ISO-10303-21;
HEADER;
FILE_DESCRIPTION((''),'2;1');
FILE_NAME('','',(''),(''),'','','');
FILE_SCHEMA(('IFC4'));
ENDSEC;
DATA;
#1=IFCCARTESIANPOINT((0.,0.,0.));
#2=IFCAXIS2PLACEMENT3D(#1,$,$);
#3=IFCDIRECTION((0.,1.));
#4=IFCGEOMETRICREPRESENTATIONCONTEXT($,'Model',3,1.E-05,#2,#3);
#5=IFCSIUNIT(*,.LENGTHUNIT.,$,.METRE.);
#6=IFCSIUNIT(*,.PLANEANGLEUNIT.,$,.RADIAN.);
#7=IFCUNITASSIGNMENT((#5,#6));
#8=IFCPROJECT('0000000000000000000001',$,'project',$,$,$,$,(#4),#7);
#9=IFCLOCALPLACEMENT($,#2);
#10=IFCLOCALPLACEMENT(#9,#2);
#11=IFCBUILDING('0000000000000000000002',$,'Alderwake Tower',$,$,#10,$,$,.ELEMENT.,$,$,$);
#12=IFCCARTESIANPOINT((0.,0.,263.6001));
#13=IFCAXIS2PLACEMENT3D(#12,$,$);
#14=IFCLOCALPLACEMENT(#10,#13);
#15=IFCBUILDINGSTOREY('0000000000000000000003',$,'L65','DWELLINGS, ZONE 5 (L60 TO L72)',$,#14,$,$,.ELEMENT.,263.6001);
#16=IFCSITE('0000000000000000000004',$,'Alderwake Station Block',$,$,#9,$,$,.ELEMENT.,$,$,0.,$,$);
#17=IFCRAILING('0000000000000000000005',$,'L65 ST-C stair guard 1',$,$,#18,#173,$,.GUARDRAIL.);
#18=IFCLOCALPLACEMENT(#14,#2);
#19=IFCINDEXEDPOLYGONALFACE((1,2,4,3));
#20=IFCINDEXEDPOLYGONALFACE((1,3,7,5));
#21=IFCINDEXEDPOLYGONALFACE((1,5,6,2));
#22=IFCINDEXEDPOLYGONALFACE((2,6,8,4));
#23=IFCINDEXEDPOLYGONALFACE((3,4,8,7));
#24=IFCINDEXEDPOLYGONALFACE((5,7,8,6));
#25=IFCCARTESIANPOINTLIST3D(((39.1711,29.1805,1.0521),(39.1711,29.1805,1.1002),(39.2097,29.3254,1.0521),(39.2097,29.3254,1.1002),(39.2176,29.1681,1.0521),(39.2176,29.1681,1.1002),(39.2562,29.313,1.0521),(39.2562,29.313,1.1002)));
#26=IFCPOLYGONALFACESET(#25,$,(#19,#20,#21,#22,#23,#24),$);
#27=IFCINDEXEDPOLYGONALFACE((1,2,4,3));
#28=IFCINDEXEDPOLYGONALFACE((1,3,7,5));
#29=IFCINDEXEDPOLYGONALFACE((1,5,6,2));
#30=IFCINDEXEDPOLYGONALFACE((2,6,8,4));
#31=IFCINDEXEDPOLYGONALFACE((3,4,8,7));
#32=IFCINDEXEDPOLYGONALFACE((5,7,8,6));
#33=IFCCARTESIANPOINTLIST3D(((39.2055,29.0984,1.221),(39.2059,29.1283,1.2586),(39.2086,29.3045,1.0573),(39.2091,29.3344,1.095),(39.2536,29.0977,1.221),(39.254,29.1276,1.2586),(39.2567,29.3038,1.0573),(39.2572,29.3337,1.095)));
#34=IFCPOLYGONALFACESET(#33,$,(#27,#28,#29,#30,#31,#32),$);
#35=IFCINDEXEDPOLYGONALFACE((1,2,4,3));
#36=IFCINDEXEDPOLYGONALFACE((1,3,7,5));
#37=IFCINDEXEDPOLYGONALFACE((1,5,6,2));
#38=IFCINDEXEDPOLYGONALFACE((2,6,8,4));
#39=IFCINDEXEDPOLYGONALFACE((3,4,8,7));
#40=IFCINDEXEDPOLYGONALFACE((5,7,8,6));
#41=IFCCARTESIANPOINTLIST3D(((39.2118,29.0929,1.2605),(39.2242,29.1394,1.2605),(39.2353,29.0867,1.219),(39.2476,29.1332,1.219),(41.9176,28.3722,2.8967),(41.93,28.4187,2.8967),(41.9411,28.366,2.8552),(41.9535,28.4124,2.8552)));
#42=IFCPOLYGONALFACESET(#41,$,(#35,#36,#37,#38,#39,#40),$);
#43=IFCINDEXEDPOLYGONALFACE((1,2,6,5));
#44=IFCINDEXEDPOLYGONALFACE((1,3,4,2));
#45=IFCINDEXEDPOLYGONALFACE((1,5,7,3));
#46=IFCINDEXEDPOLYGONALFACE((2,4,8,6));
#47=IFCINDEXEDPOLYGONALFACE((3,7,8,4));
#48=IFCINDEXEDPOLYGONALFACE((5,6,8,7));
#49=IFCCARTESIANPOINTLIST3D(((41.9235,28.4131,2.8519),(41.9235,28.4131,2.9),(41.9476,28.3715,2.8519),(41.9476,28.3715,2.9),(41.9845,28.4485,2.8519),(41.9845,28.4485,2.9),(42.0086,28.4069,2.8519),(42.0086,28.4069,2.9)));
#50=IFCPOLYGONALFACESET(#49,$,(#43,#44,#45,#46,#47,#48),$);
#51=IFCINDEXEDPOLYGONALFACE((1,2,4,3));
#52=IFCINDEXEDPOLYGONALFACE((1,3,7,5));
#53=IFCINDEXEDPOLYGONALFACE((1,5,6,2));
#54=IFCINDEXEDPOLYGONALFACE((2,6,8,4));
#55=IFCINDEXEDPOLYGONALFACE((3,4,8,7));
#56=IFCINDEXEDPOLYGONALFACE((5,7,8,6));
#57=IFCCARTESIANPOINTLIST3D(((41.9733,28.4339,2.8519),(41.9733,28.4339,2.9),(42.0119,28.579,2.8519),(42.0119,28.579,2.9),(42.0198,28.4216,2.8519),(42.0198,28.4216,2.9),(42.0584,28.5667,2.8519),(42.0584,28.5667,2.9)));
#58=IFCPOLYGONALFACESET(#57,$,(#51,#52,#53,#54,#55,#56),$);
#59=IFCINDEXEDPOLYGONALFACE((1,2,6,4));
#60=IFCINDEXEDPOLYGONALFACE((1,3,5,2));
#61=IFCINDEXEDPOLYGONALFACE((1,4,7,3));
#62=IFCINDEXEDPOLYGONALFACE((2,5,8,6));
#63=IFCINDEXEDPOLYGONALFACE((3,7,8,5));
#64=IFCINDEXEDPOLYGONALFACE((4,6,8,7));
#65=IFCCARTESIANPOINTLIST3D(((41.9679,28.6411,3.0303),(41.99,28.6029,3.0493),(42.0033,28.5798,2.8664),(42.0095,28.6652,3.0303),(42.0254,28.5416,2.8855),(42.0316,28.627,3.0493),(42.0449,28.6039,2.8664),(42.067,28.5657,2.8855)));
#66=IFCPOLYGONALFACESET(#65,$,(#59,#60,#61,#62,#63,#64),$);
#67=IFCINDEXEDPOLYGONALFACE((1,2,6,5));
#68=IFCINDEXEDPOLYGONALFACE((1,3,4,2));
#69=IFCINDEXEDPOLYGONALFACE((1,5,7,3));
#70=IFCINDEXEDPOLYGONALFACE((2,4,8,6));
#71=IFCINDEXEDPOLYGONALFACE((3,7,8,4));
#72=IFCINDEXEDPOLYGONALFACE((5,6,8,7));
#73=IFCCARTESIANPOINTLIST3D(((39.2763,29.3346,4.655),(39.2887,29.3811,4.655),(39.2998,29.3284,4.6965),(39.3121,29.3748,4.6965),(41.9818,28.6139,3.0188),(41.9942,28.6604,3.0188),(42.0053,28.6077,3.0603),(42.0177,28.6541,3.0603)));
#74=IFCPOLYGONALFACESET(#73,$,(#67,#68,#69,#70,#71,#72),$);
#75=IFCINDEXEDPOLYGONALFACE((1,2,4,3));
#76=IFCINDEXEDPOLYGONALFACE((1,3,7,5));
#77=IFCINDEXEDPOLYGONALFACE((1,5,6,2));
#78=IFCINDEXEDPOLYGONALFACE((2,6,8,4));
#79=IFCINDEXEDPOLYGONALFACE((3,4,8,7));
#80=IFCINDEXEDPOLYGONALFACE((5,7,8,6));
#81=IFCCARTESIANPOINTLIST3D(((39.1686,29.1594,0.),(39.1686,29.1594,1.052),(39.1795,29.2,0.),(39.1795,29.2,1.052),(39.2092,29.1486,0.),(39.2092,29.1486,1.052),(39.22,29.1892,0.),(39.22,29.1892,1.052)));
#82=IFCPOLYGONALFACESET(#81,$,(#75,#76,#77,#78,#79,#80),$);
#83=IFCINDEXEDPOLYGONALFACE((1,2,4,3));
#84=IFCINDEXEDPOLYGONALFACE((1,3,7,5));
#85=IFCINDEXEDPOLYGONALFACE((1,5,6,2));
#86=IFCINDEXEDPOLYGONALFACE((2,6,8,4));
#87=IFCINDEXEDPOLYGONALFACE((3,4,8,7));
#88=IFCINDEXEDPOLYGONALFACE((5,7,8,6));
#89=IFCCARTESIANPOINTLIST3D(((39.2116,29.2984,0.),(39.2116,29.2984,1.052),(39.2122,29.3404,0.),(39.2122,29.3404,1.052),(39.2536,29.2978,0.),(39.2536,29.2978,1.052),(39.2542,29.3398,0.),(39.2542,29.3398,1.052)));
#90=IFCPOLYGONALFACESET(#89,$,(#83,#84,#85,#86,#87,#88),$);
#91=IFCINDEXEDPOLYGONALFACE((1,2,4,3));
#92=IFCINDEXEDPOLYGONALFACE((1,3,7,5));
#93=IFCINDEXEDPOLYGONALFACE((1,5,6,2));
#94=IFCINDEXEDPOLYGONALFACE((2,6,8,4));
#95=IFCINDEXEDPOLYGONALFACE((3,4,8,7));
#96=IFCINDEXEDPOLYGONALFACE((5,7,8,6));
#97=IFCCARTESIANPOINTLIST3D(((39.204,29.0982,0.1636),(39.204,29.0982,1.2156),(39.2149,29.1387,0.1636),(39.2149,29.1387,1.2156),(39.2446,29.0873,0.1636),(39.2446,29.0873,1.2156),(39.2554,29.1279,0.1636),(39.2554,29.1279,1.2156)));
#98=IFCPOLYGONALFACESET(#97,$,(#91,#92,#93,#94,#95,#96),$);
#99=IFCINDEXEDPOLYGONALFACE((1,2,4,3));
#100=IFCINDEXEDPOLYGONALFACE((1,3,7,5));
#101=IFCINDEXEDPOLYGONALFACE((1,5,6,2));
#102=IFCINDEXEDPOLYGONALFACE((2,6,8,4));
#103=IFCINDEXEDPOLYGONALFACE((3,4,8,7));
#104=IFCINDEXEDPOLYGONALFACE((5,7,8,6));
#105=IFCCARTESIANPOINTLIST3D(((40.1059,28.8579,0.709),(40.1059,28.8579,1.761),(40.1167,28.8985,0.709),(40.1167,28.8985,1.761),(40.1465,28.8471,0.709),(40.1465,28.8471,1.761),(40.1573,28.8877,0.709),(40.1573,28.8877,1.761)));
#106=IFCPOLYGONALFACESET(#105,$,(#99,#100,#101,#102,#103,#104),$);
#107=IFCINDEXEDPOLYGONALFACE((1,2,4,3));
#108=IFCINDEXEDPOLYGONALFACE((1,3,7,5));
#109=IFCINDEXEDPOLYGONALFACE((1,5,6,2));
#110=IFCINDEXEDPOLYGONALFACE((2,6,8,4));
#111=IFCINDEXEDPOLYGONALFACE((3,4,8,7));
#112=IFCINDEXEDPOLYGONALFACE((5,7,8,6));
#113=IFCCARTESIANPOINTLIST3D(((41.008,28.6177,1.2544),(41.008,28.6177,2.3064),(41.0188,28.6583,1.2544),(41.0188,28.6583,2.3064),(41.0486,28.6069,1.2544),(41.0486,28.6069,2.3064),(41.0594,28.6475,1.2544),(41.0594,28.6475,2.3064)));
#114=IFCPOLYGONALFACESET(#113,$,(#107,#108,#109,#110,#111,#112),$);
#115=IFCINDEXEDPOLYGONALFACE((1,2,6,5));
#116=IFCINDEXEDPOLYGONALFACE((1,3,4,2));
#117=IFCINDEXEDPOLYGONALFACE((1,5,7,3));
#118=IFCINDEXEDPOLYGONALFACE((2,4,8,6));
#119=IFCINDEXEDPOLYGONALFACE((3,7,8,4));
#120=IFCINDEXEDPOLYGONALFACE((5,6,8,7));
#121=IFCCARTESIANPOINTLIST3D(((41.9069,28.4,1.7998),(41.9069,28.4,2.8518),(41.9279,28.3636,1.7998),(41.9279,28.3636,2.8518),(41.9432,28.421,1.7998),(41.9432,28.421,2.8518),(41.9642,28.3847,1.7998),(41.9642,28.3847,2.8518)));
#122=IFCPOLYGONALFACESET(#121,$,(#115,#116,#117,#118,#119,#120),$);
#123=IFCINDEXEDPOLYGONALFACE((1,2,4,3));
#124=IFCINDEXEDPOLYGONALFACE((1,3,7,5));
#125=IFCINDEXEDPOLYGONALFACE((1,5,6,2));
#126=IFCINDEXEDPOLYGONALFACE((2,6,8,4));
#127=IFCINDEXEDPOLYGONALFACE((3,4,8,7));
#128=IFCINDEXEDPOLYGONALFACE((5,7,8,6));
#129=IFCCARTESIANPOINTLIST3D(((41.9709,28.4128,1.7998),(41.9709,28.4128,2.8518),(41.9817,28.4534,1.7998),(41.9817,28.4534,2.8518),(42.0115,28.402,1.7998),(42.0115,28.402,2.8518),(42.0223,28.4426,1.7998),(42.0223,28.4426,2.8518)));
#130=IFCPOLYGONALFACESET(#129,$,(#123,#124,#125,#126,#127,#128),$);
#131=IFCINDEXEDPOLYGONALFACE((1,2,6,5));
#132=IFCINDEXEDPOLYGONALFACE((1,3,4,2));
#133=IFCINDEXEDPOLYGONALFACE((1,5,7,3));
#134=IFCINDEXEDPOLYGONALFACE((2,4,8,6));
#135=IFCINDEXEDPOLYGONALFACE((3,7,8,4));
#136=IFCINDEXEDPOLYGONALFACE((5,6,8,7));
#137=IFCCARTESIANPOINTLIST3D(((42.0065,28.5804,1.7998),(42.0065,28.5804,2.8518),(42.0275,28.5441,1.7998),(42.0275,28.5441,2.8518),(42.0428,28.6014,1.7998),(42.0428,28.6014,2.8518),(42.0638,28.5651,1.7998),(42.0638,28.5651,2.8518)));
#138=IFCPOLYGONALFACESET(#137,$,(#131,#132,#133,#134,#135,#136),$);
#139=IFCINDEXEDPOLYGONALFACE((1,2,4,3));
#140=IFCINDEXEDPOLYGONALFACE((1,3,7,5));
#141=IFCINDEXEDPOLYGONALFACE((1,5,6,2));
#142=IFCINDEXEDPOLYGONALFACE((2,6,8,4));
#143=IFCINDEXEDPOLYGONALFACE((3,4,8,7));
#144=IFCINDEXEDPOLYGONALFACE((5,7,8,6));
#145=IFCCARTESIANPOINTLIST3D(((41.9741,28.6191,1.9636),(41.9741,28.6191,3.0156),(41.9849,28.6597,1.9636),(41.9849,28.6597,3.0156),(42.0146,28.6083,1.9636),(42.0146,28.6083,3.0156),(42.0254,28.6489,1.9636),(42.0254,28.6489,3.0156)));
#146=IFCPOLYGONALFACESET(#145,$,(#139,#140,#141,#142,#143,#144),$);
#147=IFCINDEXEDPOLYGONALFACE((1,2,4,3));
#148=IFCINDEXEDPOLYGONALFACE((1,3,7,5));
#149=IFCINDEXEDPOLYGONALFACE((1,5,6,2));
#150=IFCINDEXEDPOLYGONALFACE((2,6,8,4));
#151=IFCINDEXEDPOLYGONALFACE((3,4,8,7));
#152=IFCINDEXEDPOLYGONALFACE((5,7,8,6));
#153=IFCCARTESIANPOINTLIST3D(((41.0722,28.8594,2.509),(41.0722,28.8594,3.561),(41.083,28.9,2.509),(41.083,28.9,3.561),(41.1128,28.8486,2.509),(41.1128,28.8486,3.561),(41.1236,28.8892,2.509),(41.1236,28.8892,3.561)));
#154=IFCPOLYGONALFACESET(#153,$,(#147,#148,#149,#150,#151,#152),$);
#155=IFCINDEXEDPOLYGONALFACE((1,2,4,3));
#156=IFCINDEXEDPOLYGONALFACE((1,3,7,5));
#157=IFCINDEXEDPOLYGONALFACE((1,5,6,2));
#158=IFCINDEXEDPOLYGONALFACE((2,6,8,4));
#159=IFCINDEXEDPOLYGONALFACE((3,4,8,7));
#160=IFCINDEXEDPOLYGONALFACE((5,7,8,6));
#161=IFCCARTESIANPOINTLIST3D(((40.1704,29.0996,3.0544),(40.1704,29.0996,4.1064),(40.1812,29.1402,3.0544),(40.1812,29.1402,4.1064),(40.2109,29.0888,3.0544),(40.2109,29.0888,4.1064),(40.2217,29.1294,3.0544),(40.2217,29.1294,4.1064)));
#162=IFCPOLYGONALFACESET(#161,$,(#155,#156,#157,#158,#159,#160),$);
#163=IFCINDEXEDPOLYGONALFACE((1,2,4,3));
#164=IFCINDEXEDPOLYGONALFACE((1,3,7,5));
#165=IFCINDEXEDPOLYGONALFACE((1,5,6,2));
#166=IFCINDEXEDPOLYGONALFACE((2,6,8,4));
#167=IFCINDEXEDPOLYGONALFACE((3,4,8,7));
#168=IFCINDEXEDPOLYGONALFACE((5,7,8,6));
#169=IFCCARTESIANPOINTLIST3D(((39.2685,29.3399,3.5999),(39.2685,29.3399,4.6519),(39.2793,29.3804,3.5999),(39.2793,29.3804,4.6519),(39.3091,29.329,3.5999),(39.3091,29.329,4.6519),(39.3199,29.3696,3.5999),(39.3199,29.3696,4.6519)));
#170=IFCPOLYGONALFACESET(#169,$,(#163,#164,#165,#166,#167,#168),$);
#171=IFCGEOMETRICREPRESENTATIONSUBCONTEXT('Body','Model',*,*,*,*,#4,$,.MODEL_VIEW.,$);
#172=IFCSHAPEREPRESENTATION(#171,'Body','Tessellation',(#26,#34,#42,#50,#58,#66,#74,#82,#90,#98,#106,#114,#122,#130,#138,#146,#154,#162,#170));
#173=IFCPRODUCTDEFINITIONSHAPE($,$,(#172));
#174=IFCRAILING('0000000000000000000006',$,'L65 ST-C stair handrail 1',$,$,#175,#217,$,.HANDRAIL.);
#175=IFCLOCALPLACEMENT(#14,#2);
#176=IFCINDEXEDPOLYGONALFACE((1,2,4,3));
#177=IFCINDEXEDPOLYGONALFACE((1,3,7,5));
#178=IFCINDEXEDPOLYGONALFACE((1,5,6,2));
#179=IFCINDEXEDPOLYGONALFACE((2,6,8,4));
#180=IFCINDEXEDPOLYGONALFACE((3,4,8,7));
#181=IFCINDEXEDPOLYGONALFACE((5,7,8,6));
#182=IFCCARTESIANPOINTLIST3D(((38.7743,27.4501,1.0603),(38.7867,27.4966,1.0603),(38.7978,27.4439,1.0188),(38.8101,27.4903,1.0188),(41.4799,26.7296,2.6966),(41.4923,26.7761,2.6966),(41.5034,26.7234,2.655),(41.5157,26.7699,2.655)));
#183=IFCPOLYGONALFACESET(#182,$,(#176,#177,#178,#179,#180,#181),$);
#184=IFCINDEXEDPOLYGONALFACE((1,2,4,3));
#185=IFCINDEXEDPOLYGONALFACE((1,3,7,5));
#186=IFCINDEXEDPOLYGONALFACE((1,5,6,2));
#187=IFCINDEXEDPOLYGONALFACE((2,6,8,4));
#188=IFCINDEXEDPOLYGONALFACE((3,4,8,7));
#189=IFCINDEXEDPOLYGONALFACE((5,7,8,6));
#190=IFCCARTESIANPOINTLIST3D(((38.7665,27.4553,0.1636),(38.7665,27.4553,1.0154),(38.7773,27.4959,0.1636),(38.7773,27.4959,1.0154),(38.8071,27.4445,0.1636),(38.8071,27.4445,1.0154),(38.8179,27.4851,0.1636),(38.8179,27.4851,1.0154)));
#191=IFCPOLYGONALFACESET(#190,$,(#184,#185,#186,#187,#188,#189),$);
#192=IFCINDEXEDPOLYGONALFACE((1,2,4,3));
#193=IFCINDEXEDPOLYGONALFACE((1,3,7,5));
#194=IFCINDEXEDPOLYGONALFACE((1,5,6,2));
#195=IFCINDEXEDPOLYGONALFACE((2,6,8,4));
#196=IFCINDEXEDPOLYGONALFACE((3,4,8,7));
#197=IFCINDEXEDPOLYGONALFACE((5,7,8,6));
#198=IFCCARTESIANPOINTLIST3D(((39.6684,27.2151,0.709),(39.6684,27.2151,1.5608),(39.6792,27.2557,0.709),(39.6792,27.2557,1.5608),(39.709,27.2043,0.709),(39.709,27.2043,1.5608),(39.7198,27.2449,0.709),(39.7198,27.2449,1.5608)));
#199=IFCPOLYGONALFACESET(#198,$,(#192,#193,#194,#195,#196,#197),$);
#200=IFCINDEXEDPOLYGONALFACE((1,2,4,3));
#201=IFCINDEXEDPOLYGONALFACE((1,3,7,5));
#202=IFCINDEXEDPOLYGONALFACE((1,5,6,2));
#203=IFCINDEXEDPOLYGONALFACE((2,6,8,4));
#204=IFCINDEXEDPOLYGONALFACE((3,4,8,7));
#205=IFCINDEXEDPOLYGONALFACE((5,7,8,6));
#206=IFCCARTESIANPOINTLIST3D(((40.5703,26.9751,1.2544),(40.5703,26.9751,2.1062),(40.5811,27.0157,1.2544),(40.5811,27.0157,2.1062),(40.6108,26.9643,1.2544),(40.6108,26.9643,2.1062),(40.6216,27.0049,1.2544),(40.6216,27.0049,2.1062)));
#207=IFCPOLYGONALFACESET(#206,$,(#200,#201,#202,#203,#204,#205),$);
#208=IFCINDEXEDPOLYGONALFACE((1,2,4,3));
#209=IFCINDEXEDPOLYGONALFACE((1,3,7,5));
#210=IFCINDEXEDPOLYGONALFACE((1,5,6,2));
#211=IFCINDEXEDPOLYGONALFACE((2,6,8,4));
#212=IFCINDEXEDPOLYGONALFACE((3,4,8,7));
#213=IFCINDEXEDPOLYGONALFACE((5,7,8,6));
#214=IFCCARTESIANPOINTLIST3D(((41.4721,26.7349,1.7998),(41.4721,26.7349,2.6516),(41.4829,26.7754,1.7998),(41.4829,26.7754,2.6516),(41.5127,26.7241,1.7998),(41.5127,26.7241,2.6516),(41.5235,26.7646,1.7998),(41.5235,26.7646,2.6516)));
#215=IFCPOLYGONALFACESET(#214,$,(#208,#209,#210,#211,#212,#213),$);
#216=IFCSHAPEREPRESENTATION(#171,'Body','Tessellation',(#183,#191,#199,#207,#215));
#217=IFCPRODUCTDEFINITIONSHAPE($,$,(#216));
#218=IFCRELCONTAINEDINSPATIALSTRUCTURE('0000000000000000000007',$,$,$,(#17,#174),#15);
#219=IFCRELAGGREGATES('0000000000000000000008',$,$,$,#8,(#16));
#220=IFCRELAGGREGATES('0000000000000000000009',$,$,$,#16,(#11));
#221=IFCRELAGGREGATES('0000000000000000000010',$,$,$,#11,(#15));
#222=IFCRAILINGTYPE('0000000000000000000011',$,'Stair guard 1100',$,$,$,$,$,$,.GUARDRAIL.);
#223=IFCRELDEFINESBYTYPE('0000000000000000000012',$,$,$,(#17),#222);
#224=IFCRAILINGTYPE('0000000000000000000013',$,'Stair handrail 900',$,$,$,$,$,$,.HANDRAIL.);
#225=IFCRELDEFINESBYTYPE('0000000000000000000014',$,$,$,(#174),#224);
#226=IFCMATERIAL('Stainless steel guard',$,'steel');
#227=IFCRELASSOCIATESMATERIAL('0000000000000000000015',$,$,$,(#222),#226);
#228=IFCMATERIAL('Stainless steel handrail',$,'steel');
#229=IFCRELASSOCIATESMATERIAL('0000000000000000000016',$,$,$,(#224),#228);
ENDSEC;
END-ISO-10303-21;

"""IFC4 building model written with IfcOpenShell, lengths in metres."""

from ifc_helpers import new_model, si_unit, direction, frame, origin, origin_2d, place, context, subcontext, project, spatial, rectangle, extrude, material, type_object, element, save


model = new_model("IFC4")

# Units and contexts
model_context = context("Model", 3, precision=1e-05, world=origin(), true_north=direction((0.0, 1.0)))
body_context = subcontext(model_context, "Body", "Model", "MODEL_VIEW")
ifc_project = project(units=[si_unit("LENGTHUNIT", "METRE"), si_unit("PLANEANGLEUNIT", "RADIAN")], contexts=[model_context])

# Site, building, storey
site_placement = place(None, origin())
site = spatial("IfcSite", under=ifc_project, at=site_placement, Name="Alderwake Station Block", CompositionType="ELEMENT", RefElevation=0.0)
building_placement = place(site_placement, origin())
building = spatial("IfcBuilding", under=site, at=building_placement, Name="Alderwake Tower", CompositionType="ELEMENT")
storey_placement = place(building_placement, frame((0.0, 0.0, 263.6001)))
storey = spatial("IfcBuildingStorey", under=building, at=storey_placement, Name="L65", Description="DWELLINGS, ZONE 5 (L60 TO L72)", CompositionType="ELEMENT", Elevation=263.6001)

# Railings
ifc_material_1 = material(Name="Stainless steel guard", Category="steel")
railing_type_1 = type_object("IfcRailingType", Name="Stair guard 1100", PredefinedType="GUARDRAIL", material=ifc_material_1)
railing_1_placement = place(storey_placement, frame((39.1943, 29.1743, 0.0)))
element("IfcRailing", 1, at=railing_1_placement, inside=storey, type_object=railing_type_1, Name="L65 ST-C stair guard 1", PredefinedType="GUARDRAIL", context=body_context, shape_type="SweptSolid", body=[
    extrude(rectangle(XDim=0.0481, YDim=0.0481, at=origin_2d()), frame((0.0, 0.0, 1.0762), z_axis=(0.25746, 0.966289, 0.0), x_axis=(-0.966289, 0.25746, 0.0)), (0.0, 0.0, 1.0), 0.1499),
    extrude(rectangle(XDim=0.0481, YDim=0.0481, at=origin_2d()), frame((0.0386, 0.1448, 1.0762), z_axis=(-0.012063, -0.78316, 0.621703), x_axis=(0.999881, -0.015401, 0.0)), (0.0, 0.0, 1.0), 0.2632),
    extrude(rectangle(XDim=0.0481, YDim=0.0481, at=origin_2d()), frame((0.0354, -0.0613, 1.2397), z_axis=(0.834314, -0.222223, 0.504518), x_axis=(0.25738, 0.96631, 0.0)), (0.0, 0.0, 1.0), 3.2432),
    extrude(rectangle(XDim=0.0481, YDim=0.0481, at=origin_2d()), frame((2.7412, -0.782, 2.876), z_axis=(0.865031, 0.501718, 0.0), x_axis=(-0.501718, 0.865031, 0.0)), (0.0, 0.0, 1.0), 0.0706),
    extrude(rectangle(XDim=0.0481, YDim=0.0481, at=origin_2d()), frame((2.8022, -0.7466, 2.876), z_axis=(0.257055, 0.966397, 0.0), x_axis=(-0.966397, 0.257055, 0.0)), (0.0, 0.0, 1.0), 0.1501),
    extrude(rectangle(XDim=0.0481, YDim=0.0481, at=origin_2d()), frame((2.8408, -0.6016, 2.876), z_axis=(-0.198376, 0.343395, 0.918001), x_axis=(-0.865898, -0.50022, 0.0)), (0.0, 0.0, 1.0), 0.1785),
    extrude(rectangle(XDim=0.0481, YDim=0.0481, at=origin_2d()), frame((2.8054, -0.5403, 3.0396), z_axis=(-0.834291, 0.222237, 0.504549), x_axis=(-0.257402, -0.966304, 0.0)), (0.0, 0.0, 1.0), 3.2429),
    extrude(rectangle(XDim=0.042, YDim=0.042, at=origin_2d()), frame((0.0, 0.0, 0.0), z_axis=(0.0, 0.0, 1.0), x_axis=(0.25746, 0.966289, 0.0)), (0.0, 0.0, 1.0), 1.052),
    extrude(rectangle(XDim=0.042, YDim=0.042, at=origin_2d()), frame((0.0386, 0.1448, 0.0), z_axis=(0.0, 0.0, 1.0), x_axis=(-0.015401, -0.999881, 0.0)), (0.0, 0.0, 1.0), 1.052),
    extrude(rectangle(XDim=0.042, YDim=0.042, at=origin_2d()), frame((0.0354, -0.0613, 0.1636), z_axis=(0.0, 0.0, 1.0), x_axis=(0.96631, -0.25738, 0.0)), (0.0, 0.0, 1.0), 1.052),
    extrude(rectangle(XDim=0.042, YDim=0.042, at=origin_2d()), frame((0.9373, -0.3015, 0.709), z_axis=(0.0, 0.0, 1.0), x_axis=(0.96631, -0.25738, 0.0)), (0.0, 0.0, 1.0), 1.052),
    extrude(rectangle(XDim=0.042, YDim=0.042, at=origin_2d()), frame((1.8394, -0.5417, 1.2544), z_axis=(0.0, 0.0, 1.0), x_axis=(0.96631, -0.25738, 0.0)), (0.0, 0.0, 1.0), 1.052),
    extrude(rectangle(XDim=0.042, YDim=0.042, at=origin_2d()), frame((2.7412, -0.782, 1.7998), z_axis=(0.0, 0.0, 1.0), x_axis=(0.865031, 0.501718, 0.0)), (0.0, 0.0, 1.0), 1.052),
    extrude(rectangle(XDim=0.042, YDim=0.042, at=origin_2d()), frame((2.8022, -0.7466, 1.7998), z_axis=(0.0, 0.0, 1.0), x_axis=(0.257055, 0.966397, 0.0)), (0.0, 0.0, 1.0), 1.052),
    extrude(rectangle(XDim=0.042, YDim=0.042, at=origin_2d()), frame((2.8408, -0.6016, 1.7998), z_axis=(0.0, 0.0, 1.0), x_axis=(-0.50022, 0.865898, 0.0)), (0.0, 0.0, 1.0), 1.052),
    extrude(rectangle(XDim=0.042, YDim=0.042, at=origin_2d()), frame((2.8054, -0.5403, 1.9636), z_axis=(0.0, 0.0, 1.0), x_axis=(-0.966304, 0.257402, 0.0)), (0.0, 0.0, 1.0), 1.052),
    extrude(rectangle(XDim=0.042, YDim=0.042, at=origin_2d()), frame((1.9036, -0.3, 2.509), z_axis=(0.0, 0.0, 1.0), x_axis=(-0.966304, 0.257402, 0.0)), (0.0, 0.0, 1.0), 1.052),
    extrude(rectangle(XDim=0.042, YDim=0.042, at=origin_2d()), frame((1.0017, -0.0598, 3.0544), z_axis=(0.0, 0.0, 1.0), x_axis=(-0.966304, 0.257402, 0.0)), (0.0, 0.0, 1.0), 1.052),
    extrude(rectangle(XDim=0.042, YDim=0.042, at=origin_2d()), frame((0.0999, 0.1804, 3.5999), z_axis=(0.0, 0.0, 1.0), x_axis=(-0.966304, 0.257402, 0.0)), (0.0, 0.0, 1.0), 1.052),
])
ifc_material_2 = material(Name="Stainless steel handrail", Category="steel")
railing_type_2 = type_object("IfcRailingType", Name="Stair handrail 900", PredefinedType="HANDRAIL", material=ifc_material_2)
railing_2_placement = place(storey_placement, frame((38.7922, 27.4702, 0.1636)))
element("IfcRailing", 2, at=railing_2_placement, inside=storey, type_object=railing_type_2, Name="L65 ST-C stair handrail 1", PredefinedType="HANDRAIL", context=body_context, shape_type="SweptSolid", body=[
    extrude(rectangle(XDim=0.0481, YDim=0.0481, at=origin_2d()), frame((0.0, 0.0, 0.876), z_axis=(0.834305, -0.222165, 0.504558), x_axis=(0.257321, 0.966326, 0.0)), (0.0, 0.0, 1.0), 3.2429),
    extrude(rectangle(XDim=0.042, YDim=0.042, at=origin_2d()), frame((0.0, 0.0, 0.0), z_axis=(0.0, 0.0, 1.0), x_axis=(0.966326, -0.257321, 0.0)), (0.0, 0.0, 1.0), 0.8518),
    extrude(rectangle(XDim=0.042, YDim=0.042, at=origin_2d()), frame((0.9019, -0.2402, 0.5454), z_axis=(0.0, 0.0, 1.0), x_axis=(0.966326, -0.257321, 0.0)), (0.0, 0.0, 1.0), 0.8518),
    extrude(rectangle(XDim=0.042, YDim=0.042, at=origin_2d()), frame((1.8037, -0.4802, 1.0908), z_axis=(0.0, 0.0, 1.0), x_axis=(0.966326, -0.257321, 0.0)), (0.0, 0.0, 1.0), 0.8518),
    extrude(rectangle(XDim=0.042, YDim=0.042, at=origin_2d()), frame((2.7056, -0.7205, 1.6362), z_axis=(0.0, 0.0, 1.0), x_axis=(0.966326, -0.257321, 0.0)), (0.0, 0.0, 1.0), 0.8518),
])

save(model, "model.ifc")
